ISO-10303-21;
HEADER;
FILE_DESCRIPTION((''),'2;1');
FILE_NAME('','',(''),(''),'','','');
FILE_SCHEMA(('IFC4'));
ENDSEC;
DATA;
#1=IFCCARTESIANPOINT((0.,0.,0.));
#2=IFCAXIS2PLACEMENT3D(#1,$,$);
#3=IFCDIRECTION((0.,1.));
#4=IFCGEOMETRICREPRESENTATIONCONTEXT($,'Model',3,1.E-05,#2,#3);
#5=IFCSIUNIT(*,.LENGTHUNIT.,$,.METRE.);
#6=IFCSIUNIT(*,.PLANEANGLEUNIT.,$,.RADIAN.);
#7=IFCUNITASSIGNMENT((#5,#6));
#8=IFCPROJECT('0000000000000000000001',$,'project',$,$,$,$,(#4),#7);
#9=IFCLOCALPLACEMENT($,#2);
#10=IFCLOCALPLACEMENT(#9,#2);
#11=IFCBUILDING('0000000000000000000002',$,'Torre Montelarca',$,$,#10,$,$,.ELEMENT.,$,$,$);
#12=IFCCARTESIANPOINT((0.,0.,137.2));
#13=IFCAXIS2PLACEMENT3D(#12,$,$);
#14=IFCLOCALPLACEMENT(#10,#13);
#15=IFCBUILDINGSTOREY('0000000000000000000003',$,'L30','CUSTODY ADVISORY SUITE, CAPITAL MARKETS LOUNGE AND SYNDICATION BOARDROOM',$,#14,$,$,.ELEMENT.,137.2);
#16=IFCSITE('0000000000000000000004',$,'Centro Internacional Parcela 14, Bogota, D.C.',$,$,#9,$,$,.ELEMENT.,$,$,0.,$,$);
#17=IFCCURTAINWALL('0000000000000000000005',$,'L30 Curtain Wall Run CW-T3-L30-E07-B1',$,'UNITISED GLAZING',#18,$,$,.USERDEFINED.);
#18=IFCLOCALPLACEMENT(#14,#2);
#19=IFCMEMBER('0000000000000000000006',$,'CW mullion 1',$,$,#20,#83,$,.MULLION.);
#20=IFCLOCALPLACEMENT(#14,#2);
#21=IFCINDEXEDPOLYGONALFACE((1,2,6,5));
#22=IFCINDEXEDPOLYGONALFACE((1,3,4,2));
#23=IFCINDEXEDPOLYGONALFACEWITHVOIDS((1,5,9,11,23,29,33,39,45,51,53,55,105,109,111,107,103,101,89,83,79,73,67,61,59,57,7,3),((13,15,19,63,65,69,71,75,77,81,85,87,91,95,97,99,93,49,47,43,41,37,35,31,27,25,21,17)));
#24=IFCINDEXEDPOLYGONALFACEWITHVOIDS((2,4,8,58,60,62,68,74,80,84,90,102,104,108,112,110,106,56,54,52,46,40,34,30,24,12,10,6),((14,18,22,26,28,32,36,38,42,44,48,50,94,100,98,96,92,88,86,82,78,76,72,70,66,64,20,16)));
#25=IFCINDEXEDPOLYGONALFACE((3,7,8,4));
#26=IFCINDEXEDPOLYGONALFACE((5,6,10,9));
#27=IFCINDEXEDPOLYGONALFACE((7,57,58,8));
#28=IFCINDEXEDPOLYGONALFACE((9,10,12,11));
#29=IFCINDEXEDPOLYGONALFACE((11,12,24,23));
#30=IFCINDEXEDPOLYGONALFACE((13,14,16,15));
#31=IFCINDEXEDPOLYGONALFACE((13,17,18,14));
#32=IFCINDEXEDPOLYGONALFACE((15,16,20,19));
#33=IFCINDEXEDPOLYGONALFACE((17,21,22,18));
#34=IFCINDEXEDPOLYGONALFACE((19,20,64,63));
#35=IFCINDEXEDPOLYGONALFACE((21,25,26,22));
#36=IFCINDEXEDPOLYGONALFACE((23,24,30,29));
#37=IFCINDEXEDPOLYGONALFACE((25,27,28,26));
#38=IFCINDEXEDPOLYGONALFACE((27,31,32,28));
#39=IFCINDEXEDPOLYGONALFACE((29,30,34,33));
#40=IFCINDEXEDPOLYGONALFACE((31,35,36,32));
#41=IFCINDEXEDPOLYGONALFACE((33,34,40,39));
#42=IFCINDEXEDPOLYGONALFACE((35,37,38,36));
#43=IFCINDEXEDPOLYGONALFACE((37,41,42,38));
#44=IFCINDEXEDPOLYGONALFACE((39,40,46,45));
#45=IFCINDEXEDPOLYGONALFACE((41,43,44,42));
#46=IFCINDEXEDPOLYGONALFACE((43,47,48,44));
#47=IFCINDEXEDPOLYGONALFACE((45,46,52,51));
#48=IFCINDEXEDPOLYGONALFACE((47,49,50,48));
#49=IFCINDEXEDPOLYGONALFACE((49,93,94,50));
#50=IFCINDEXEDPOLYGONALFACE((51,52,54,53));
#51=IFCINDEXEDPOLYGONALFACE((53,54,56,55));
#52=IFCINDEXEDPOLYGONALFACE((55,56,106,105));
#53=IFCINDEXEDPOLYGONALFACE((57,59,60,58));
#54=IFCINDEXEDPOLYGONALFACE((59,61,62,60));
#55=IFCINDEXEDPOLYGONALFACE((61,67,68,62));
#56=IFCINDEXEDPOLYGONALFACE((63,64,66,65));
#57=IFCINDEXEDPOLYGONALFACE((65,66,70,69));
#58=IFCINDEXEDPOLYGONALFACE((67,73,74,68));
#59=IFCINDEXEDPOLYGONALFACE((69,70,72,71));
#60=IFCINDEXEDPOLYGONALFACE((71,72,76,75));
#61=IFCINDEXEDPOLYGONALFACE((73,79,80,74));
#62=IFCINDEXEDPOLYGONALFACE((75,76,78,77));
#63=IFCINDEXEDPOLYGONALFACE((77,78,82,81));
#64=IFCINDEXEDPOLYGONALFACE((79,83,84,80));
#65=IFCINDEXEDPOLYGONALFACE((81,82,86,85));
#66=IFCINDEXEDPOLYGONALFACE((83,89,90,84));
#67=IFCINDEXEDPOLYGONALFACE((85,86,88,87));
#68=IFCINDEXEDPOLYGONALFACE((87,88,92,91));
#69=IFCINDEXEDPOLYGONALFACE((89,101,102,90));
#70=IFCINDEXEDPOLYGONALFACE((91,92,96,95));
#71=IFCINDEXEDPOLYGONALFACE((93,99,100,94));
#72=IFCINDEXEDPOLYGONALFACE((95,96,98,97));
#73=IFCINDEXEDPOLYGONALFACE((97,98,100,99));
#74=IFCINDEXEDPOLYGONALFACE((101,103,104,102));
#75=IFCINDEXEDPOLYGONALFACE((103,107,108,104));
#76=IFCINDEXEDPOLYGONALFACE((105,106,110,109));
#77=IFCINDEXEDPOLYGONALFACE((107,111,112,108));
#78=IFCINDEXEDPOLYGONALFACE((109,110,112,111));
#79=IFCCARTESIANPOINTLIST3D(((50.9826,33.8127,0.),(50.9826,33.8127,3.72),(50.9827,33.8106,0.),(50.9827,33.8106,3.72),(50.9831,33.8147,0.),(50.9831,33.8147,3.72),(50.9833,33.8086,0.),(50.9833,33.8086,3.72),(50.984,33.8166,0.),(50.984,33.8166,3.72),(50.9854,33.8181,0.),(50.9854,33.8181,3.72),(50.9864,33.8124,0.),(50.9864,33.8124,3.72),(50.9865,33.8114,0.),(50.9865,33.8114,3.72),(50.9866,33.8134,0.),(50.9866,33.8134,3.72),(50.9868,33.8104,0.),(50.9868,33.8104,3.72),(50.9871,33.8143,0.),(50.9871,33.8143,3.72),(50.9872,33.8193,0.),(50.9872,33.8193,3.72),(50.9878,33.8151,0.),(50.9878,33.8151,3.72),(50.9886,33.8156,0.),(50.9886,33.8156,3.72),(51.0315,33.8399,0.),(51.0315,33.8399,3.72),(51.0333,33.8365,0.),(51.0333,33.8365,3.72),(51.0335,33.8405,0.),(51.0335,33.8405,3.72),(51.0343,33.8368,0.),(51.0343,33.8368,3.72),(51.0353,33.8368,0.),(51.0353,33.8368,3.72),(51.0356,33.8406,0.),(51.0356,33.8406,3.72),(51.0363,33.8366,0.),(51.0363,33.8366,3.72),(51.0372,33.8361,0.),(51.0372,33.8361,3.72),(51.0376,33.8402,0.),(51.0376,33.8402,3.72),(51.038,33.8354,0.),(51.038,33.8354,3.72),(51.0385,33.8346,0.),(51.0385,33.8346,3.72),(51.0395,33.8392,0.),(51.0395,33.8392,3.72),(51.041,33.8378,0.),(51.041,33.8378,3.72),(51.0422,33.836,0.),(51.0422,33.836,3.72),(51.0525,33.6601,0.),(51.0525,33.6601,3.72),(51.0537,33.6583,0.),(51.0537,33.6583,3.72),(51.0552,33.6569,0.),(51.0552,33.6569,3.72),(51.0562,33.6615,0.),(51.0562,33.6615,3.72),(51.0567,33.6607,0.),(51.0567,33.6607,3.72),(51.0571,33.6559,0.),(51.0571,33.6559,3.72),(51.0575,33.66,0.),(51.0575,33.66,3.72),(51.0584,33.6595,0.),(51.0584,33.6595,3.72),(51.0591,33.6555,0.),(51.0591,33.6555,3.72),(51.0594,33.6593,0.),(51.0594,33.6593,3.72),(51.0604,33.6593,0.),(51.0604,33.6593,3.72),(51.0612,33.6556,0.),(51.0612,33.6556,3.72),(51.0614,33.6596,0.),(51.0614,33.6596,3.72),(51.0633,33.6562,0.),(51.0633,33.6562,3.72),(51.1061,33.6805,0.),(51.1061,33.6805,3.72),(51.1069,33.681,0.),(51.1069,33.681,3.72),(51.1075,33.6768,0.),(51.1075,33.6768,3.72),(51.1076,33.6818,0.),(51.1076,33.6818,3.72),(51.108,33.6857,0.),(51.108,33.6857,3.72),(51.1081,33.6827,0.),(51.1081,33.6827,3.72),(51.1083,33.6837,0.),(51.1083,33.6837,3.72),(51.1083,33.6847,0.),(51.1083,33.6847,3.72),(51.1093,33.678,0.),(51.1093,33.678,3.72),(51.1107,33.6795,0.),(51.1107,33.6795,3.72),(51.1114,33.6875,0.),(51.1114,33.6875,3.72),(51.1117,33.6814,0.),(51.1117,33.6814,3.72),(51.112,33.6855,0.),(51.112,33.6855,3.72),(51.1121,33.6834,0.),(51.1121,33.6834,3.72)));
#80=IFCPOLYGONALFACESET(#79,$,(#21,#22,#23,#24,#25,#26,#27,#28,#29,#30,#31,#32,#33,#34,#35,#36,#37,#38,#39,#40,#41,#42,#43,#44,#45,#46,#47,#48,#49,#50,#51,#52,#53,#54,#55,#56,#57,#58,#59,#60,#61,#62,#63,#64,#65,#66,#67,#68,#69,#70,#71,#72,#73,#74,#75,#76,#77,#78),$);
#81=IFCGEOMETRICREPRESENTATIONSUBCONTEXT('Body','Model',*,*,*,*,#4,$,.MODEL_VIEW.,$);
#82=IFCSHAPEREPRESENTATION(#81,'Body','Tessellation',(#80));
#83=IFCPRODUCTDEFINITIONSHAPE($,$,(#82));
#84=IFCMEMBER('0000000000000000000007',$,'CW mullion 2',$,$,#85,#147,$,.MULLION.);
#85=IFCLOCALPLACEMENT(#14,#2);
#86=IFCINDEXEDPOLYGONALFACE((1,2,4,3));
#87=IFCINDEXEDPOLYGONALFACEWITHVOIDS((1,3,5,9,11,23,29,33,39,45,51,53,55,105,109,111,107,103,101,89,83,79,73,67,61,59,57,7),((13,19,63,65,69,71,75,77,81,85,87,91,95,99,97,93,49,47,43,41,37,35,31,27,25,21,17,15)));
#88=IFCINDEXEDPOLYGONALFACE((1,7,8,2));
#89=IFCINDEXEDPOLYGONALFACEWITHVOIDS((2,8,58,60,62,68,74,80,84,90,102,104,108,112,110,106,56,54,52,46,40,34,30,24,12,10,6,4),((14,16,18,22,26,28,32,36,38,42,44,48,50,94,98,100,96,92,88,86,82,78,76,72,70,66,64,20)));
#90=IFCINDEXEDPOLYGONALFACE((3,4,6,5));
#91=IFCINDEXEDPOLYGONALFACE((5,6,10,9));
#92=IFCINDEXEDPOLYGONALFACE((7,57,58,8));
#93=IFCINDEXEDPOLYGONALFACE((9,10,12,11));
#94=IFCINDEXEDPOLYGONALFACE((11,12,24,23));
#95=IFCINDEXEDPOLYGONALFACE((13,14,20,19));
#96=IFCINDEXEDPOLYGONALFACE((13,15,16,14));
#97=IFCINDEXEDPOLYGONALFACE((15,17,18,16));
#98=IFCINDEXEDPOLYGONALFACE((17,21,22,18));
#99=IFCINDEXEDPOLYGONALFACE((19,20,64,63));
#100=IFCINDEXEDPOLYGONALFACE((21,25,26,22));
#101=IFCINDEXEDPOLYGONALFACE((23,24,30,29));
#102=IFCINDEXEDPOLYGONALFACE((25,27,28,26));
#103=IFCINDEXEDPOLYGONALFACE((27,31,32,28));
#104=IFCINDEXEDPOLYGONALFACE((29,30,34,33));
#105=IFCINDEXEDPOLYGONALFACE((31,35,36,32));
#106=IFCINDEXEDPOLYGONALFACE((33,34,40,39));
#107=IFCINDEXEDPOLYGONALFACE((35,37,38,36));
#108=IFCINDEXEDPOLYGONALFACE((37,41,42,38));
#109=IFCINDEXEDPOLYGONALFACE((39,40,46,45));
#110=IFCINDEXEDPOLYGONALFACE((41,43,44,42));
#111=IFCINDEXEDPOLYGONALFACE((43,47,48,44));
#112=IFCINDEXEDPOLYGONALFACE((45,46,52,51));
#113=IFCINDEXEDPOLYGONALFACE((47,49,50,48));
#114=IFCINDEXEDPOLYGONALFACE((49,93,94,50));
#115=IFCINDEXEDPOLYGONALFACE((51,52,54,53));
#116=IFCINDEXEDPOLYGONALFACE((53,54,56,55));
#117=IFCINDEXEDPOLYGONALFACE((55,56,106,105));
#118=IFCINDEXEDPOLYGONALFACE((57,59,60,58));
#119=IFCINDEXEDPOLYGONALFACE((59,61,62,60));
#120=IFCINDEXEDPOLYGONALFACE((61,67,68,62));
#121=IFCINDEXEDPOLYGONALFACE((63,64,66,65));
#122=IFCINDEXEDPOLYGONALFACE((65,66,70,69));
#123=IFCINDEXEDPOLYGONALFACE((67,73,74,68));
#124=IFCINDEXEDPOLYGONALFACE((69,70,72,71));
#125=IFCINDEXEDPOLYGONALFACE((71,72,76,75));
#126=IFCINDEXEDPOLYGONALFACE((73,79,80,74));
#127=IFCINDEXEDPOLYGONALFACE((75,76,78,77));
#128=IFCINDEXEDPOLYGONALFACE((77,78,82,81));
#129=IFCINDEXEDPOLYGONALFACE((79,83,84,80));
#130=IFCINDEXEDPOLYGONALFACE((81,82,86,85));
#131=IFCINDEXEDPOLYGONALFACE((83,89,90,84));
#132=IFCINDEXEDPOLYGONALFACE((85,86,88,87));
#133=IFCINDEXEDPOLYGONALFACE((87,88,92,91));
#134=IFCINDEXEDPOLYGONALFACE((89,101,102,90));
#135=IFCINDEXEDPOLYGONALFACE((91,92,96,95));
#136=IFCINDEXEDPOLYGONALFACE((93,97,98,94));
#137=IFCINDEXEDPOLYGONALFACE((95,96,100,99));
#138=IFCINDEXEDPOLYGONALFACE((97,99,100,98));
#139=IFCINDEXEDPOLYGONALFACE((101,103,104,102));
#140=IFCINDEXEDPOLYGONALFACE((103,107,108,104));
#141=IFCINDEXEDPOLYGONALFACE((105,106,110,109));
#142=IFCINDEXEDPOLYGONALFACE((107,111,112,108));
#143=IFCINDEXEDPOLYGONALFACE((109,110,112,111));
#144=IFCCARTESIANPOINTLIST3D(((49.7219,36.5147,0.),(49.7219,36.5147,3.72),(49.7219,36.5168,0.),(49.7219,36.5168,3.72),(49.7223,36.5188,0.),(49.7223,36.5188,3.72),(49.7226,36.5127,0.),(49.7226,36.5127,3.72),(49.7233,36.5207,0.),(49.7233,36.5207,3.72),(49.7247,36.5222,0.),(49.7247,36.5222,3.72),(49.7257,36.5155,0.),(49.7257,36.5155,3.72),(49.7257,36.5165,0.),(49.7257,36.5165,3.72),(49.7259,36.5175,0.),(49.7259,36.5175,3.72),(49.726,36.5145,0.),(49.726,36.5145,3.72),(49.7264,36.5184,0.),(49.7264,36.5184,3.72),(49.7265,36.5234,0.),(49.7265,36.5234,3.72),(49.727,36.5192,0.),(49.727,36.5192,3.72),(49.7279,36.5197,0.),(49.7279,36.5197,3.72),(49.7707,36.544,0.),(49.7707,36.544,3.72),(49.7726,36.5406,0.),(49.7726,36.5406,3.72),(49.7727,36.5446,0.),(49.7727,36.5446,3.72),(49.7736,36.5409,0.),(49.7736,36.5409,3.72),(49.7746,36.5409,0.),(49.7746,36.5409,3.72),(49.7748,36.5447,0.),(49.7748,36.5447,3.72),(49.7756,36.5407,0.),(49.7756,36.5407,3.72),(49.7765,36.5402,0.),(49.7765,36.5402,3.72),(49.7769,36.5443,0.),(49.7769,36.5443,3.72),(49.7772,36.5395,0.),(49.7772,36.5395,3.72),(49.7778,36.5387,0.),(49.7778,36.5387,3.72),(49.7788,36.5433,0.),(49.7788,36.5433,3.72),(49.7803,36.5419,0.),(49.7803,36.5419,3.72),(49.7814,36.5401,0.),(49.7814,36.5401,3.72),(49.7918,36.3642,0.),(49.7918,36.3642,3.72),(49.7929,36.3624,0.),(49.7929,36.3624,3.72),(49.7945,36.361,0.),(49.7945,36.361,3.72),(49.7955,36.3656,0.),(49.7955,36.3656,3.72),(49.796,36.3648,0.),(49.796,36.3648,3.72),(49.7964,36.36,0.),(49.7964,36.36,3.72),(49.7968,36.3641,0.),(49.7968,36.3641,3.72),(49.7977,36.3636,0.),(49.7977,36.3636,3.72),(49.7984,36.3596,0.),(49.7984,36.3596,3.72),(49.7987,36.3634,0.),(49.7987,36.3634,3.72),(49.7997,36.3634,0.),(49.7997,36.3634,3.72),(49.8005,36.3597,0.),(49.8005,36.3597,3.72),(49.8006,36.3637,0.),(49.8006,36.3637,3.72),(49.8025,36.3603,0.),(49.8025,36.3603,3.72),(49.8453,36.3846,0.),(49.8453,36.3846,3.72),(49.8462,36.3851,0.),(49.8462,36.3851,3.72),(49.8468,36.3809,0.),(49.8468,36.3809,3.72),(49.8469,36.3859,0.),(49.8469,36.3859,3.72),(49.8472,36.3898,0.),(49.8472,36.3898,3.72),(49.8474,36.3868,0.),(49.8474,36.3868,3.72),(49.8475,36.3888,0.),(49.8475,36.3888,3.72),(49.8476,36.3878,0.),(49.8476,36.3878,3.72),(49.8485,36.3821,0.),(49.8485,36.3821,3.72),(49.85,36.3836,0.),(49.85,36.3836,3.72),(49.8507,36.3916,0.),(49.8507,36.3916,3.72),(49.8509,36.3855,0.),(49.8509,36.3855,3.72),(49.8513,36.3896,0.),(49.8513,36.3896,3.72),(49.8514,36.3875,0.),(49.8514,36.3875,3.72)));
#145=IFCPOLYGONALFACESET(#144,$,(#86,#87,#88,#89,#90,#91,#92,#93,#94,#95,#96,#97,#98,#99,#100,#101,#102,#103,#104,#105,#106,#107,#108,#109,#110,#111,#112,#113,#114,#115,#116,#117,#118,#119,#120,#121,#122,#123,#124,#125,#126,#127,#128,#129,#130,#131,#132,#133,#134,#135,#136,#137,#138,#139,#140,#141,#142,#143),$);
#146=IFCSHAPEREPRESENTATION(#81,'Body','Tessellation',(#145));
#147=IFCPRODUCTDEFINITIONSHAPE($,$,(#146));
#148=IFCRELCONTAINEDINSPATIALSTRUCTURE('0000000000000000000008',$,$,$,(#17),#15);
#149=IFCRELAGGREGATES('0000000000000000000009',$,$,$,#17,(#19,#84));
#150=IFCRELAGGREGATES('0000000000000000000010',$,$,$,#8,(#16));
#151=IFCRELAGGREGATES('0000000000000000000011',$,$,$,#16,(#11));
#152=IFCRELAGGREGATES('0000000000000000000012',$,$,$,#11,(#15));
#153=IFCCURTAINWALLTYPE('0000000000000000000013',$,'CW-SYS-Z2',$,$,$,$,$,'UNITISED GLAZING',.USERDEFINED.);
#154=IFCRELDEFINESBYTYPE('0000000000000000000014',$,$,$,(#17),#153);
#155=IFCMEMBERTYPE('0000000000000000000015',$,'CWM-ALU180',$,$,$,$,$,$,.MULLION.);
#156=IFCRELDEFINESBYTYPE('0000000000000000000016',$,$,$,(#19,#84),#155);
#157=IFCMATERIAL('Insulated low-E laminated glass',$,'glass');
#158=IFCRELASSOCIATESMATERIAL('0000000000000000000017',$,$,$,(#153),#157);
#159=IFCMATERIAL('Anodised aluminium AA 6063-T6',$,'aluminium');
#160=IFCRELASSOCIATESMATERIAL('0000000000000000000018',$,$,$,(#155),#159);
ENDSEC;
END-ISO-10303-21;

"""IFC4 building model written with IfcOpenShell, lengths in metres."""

from ifc_helpers import new_model, si_unit, direction, frame, origin, origin_2d, place, context, subcontext, project, spatial, hollow_rectangle, extrude, source, transform, mapped, material, material_profile, profile_set, type_object, element, aggregate, save


model = new_model("IFC4")

# Units and contexts
model_context = context("Model", 3, precision=1e-05, world=origin(), true_north=direction((0.0, 1.0)))
body_context = subcontext(model_context, "Body", "Model", "MODEL_VIEW")
ifc_project = project(units=[si_unit("LENGTHUNIT", "METRE"), si_unit("PLANEANGLEUNIT", "RADIAN")], contexts=[model_context])

# Site, building, storey
site_placement = place(None, origin())
site = spatial("IfcSite", under=ifc_project, at=site_placement, Name="Centro Internacional Parcela 14, Bogota, D.C.", CompositionType="ELEMENT", RefElevation=0.0)
building_placement = place(site_placement, origin())
building = spatial("IfcBuilding", under=site, at=building_placement, Name="Torre Montelarca", CompositionType="ELEMENT")
storey_placement = place(building_placement, frame((0.0, 0.0, 137.2)))
storey = spatial("IfcBuildingStorey", under=building, at=storey_placement, Name="L30", Description="CUSTODY ADVISORY SUITE, CAPITAL MARKETS LOUNGE AND SYNDICATION BOARDROOM", CompositionType="ELEMENT", Elevation=137.2)

# Curtain wall
ifc_material_1 = material(Name="Insulated low-E laminated glass", Category="glass")
curtain_wall_type = type_object("IfcCurtainWallType", Name="CW-SYS-Z2", ElementType="UNITISED GLAZING", PredefinedType="USERDEFINED", material=ifc_material_1)
curtain_wall_1_placement = place(storey_placement, origin())
curtain_wall_1 = element("IfcCurtainWall", 1, at=curtain_wall_1_placement, inside=storey, type_object=curtain_wall_type, Name="L30 Curtain Wall Run CW-T3-L30-E07-B1", ObjectType="UNITISED GLAZING", PredefinedType="USERDEFINED")
ifc_material_2 = material(Name="Anodised aluminium AA 6063-T6", Category="aluminium")
ifc_material_profile_1 = material_profile(ifc_material_2, hollow_rectangle(XDim=0.0649, YDim=0.1799, WallThickness=0.0039, InnerFilletRadius=0.0039, OuterFilletRadius=0.0081, at=origin_2d()), Name="ALU65X180X4", Category="aluminium")
ifc_profile_set_1 = profile_set([ifc_material_profile_1], Name="Anodised aluminium AA 6063-T6")
member_type_1 = type_object("IfcMemberType", Name="CWM-ALU180", PredefinedType="MULLION", material=ifc_profile_set_1)

# Members
shared_shape_1 = source(origin(), body_context, "Body", "SweptSolid", [
    extrude(hollow_rectangle(XDim=0.0649, YDim=0.1799, WallThickness=0.0039, InnerFilletRadius=0.0039, OuterFilletRadius=0.0081, at=origin_2d()), origin(), (0.0, 0.0, 1.0), 3.72),
])
member_1_placement = place(storey_placement, frame((51.0474, 33.748, 0.0), z_axis=(0.0, 0.0, 1.0), x_axis=(-0.906317, -0.422598, 0.0)))
member_1 = element("IfcMember", 2, at=member_1_placement, type_object=member_type_1, Name="CW mullion 1", PredefinedType="MULLION", context=body_context, shape_type="MappedRepresentation", body=[
    mapped(shared_shape_1, transform((0.0, 0.0, 0.0), scale=1.0)),
])
member_2_placement = place(storey_placement, frame((49.7866, 36.4521, 0.0), z_axis=(0.0, 0.0, 1.0), x_axis=(-0.906317, -0.422598, 0.0)))
member_2 = element("IfcMember", 3, at=member_2_placement, type_object=member_type_1, Name="CW mullion 2", PredefinedType="MULLION", context=body_context, shape_type="MappedRepresentation", body=[
    mapped(shared_shape_1, transform((0.0, 0.0, 0.0), scale=1.0)),
])

aggregate(curtain_wall_1, [member_1, member_2])

save(model, "model.ifc")
